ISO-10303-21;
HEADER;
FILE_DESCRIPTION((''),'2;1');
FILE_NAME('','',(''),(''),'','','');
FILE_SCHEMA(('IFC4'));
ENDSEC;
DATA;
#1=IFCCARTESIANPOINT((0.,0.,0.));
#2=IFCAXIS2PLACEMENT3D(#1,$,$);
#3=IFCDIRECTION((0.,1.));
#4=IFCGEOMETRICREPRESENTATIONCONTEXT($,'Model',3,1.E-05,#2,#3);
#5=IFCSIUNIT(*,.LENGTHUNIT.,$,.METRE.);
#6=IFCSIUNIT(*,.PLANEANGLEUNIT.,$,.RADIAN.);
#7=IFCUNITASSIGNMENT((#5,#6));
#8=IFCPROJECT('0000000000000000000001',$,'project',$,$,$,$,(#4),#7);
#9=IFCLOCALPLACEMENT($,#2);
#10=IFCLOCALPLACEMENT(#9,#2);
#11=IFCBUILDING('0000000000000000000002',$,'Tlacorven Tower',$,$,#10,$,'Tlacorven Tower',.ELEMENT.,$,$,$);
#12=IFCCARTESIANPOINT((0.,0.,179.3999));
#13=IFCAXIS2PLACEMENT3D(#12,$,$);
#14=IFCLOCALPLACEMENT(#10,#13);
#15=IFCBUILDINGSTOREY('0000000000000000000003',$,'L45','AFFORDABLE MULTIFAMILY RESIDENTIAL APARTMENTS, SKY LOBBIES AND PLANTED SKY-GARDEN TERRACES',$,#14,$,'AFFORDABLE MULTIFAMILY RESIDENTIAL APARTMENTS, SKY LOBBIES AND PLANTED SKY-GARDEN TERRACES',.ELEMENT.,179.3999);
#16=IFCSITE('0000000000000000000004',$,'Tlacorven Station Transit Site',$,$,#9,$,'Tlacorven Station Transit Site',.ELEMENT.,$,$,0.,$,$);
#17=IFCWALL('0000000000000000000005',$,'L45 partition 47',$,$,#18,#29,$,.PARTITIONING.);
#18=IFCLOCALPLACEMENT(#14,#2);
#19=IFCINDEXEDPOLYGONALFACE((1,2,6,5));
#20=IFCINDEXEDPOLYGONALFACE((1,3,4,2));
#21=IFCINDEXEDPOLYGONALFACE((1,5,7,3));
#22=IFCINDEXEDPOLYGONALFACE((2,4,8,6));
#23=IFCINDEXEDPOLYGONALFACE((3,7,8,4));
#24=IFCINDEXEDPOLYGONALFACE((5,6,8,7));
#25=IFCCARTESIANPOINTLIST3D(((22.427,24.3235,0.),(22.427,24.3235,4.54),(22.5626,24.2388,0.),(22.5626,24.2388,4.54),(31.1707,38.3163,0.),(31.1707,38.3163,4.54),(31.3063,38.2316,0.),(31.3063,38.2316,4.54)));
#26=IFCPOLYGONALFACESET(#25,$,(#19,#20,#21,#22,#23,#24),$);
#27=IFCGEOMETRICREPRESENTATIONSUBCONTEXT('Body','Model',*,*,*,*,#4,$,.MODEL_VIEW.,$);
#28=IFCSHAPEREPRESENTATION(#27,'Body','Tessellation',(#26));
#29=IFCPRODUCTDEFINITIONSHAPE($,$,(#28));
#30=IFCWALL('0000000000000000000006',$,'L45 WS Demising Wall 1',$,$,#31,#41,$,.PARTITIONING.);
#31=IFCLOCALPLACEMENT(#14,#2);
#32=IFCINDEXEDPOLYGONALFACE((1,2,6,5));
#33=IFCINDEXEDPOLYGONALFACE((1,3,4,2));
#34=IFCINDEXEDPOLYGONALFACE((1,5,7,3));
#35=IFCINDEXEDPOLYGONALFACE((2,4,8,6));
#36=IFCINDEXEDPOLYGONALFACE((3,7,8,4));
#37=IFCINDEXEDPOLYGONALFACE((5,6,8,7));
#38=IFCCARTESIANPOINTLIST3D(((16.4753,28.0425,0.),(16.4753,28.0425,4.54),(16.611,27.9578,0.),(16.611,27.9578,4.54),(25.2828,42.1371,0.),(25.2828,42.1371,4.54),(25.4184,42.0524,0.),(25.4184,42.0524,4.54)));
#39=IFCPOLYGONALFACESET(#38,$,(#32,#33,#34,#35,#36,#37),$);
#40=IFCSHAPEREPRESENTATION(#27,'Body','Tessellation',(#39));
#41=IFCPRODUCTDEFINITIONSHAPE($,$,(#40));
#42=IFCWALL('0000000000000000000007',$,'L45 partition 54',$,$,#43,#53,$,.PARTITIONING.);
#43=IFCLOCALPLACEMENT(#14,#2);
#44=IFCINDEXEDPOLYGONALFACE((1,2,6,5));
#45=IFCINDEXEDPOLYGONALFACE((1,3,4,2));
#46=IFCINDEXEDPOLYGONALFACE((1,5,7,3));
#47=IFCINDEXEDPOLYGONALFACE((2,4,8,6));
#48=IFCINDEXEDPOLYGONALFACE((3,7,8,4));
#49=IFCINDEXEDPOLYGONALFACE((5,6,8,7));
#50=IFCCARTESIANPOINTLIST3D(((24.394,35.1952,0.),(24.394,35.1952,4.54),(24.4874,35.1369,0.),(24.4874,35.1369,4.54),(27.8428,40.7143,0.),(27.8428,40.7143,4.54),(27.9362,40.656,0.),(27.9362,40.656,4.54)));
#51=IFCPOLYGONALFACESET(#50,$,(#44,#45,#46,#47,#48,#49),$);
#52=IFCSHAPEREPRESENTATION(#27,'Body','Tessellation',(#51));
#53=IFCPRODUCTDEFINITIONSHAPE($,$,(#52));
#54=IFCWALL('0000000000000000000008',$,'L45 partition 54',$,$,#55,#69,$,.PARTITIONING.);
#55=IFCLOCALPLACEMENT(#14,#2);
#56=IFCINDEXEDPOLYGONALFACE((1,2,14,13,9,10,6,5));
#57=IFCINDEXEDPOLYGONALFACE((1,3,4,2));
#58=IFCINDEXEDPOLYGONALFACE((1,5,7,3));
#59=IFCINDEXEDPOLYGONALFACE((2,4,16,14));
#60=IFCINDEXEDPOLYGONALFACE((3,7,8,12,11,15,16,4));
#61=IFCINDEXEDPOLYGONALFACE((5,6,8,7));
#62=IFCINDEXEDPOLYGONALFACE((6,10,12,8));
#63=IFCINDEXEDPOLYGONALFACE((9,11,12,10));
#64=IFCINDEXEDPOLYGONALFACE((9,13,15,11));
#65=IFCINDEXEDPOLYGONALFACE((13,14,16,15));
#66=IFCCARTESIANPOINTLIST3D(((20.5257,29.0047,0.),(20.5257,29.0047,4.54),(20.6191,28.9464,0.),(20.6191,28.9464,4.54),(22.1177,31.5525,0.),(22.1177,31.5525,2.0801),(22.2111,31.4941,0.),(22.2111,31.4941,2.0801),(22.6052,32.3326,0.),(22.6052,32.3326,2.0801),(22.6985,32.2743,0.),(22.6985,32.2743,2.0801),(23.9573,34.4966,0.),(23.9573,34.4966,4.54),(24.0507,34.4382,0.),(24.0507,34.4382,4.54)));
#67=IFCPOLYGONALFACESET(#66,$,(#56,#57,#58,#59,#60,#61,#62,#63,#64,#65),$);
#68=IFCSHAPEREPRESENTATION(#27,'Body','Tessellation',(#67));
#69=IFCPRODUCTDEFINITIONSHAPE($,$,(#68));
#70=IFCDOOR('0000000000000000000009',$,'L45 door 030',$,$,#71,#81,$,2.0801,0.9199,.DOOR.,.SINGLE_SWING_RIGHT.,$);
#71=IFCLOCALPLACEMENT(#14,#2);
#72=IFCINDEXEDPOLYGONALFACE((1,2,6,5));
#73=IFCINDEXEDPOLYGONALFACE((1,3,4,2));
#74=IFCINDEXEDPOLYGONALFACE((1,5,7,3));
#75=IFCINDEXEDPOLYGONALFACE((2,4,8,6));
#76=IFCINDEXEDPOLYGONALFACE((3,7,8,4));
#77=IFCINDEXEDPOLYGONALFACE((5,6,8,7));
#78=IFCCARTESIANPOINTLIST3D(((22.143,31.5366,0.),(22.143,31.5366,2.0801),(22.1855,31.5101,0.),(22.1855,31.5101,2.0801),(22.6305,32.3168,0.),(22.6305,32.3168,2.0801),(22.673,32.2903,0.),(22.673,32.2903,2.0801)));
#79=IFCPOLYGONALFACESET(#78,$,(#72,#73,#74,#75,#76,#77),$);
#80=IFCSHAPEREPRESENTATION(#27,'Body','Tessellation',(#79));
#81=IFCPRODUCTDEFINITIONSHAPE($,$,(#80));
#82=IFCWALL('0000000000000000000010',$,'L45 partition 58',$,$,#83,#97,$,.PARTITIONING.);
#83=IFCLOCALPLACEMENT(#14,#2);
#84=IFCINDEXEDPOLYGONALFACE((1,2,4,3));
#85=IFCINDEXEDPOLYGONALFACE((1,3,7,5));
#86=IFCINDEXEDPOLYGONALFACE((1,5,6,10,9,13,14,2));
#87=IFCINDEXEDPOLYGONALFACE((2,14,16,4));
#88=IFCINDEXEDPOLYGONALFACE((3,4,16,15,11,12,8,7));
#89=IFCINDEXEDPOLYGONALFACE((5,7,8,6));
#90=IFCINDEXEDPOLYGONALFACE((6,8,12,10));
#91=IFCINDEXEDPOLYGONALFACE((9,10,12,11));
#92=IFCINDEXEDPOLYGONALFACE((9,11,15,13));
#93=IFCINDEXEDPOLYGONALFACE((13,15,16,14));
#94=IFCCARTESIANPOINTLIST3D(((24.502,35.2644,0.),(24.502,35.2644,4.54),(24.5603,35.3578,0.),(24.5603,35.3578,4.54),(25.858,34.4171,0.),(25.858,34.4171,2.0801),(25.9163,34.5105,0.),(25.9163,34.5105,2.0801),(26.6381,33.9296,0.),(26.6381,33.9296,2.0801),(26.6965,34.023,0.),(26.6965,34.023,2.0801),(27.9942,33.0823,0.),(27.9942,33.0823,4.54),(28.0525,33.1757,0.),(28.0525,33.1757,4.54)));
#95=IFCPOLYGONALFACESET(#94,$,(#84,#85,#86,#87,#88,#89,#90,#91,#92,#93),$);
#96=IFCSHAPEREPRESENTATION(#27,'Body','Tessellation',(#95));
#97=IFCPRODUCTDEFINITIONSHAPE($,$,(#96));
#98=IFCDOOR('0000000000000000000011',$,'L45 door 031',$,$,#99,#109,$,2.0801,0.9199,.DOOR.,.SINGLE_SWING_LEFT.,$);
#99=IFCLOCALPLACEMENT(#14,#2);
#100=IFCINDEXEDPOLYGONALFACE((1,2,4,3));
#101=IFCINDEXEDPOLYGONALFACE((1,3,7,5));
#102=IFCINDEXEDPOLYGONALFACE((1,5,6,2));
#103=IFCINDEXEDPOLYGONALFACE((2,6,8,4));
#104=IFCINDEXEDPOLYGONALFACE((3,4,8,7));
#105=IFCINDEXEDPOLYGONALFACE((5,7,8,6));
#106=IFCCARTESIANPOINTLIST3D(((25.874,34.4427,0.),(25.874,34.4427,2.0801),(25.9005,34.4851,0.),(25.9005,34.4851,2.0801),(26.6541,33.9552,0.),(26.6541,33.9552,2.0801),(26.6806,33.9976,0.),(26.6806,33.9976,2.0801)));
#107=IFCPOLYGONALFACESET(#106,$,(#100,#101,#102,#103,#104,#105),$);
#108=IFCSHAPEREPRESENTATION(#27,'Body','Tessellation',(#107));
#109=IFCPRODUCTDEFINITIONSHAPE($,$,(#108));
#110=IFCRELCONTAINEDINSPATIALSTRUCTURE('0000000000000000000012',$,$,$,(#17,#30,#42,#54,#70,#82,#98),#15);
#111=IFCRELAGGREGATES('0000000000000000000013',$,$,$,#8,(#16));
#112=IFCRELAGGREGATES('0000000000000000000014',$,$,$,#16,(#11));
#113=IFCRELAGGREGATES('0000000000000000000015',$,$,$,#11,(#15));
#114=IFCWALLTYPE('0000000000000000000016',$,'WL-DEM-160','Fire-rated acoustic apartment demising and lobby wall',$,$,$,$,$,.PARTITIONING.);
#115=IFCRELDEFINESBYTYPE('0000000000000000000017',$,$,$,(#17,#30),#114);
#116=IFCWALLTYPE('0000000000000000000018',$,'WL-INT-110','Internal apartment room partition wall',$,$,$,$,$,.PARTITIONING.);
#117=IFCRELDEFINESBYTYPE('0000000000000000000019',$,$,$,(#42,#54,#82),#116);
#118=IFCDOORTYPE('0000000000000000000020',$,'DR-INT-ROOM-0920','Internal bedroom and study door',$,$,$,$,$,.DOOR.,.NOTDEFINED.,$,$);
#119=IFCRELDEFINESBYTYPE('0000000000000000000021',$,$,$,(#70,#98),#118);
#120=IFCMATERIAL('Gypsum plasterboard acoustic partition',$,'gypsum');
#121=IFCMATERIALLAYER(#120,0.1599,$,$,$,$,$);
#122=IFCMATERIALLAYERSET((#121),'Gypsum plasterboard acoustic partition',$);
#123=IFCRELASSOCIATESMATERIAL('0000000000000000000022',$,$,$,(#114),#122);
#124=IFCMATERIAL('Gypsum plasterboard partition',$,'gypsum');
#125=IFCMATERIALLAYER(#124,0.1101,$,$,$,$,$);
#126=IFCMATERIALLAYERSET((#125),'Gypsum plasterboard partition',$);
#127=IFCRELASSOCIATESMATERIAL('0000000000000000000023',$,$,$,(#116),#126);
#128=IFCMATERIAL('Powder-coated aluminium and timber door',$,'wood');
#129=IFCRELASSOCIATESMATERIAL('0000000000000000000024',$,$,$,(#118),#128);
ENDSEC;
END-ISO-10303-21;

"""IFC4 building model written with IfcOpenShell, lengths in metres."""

from ifc_helpers import new_model, si_unit, direction, frame, frame_2d, origin, place, context, subcontext, project, spatial, rectangle, extrude, source, transform, mapped, material, layer, layer_set, type_object, element, fill, save


model = new_model("IFC4")

# Units and contexts
model_context = context("Model", 3, precision=1e-05, world=origin(), true_north=direction((0.0, 1.0)))
body_context = subcontext(model_context, "Body", "Model", "MODEL_VIEW")
ifc_project = project(units=[si_unit("LENGTHUNIT", "METRE"), si_unit("PLANEANGLEUNIT", "RADIAN")], contexts=[model_context])

# Site, building, storey
site_placement = place(None, origin())
site = spatial("IfcSite", under=ifc_project, at=site_placement, Name="Tlacorven Station Transit Site", LongName="Tlacorven Station Transit Site", CompositionType="ELEMENT", RefElevation=0.0)
building_placement = place(site_placement, origin())
building = spatial("IfcBuilding", under=site, at=building_placement, Name="Tlacorven Tower", LongName="Tlacorven Tower", CompositionType="ELEMENT")
storey_placement = place(building_placement, frame((0.0, 0.0, 179.3999)))
storey = spatial("IfcBuildingStorey", under=building, at=storey_placement, Name="L45", Description="AFFORDABLE MULTIFAMILY RESIDENTIAL APARTMENTS, SKY LOBBIES AND PLANTED SKY-GARDEN TERRACES", LongName="AFFORDABLE MULTIFAMILY RESIDENTIAL APARTMENTS, SKY LOBBIES AND PLANTED SKY-GARDEN TERRACES", CompositionType="ELEMENT", Elevation=179.3999)

# Walls
ifc_material_1 = material(Name="Gypsum plasterboard acoustic partition", Category="gypsum")
ifc_layer_1 = layer(ifc_material_1, 0.1599)
ifc_layer_set_1 = layer_set([ifc_layer_1], Name="Gypsum plasterboard acoustic partition")
wall_type_1 = type_object("IfcWallType", Name="WL-DEM-160", Description="Fire-rated acoustic apartment demising and lobby wall", PredefinedType="PARTITIONING", material=ifc_layer_set_1)
wall_1_placement = place(storey_placement, frame((31.2385, 38.2739, 0.0), z_axis=(0.0, 0.0, 1.0), x_axis=(-0.529922, -0.848047, 0.0)))
element("IfcWall", 1, at=wall_1_placement, inside=storey, type_object=wall_type_1, Name="L45 partition 47", PredefinedType="PARTITIONING", context=body_context, shape_type="SweptSolid", body=[
    extrude(rectangle(XDim=16.5, YDim=0.1599, at=frame_2d((8.25, 0.0))), origin(), (0.0, 0.0, 1.0), 4.54),
])
wall_2_placement = place(storey_placement, frame((25.3506, 42.0947, 0.0), z_axis=(0.0, 0.0, 1.0), x_axis=(-0.529926, -0.848044, 0.0)))
element("IfcWall", 2, at=wall_2_placement, inside=storey, type_object=wall_type_1, Name="L45 WS Demising Wall 1", PredefinedType="PARTITIONING", context=body_context, shape_type="SweptSolid", body=[
    extrude(rectangle(XDim=16.6201, YDim=0.1599, at=frame_2d((8.3101, 0.0))), origin(), (0.0, 0.0, 1.0), 4.54),
])
ifc_material_2 = material(Name="Gypsum plasterboard partition", Category="gypsum")
ifc_layer_2 = layer(ifc_material_2, 0.1101)
ifc_layer_set_2 = layer_set([ifc_layer_2], Name="Gypsum plasterboard partition")
wall_type_2 = type_object("IfcWallType", Name="WL-INT-110", Description="Internal apartment room partition wall", PredefinedType="PARTITIONING", material=ifc_layer_set_2)
wall_3_placement = place(storey_placement, frame((27.8894, 40.6851, 0.0), z_axis=(0.0, 0.0, 1.0), x_axis=(-0.529925, -0.848045, 0.0)))
element("IfcWall", 3, at=wall_3_placement, inside=storey, type_object=wall_type_2, Name="L45 partition 54", PredefinedType="PARTITIONING", context=body_context, shape_type="SweptSolid", body=[
    extrude(rectangle(XDim=6.5081, YDim=0.1101, at=frame_2d((3.2539, 0.0))), origin(), (0.0, 0.0, 1.0), 4.54),
])

# Walls, openings, doors
wall_4_placement = place(storey_placement, frame((24.0039, 34.4673, 0.0), z_axis=(0.0, 0.0, 1.0), x_axis=(-0.529907, -0.848055, 0.0)))
wall_4 = element("IfcWall", 4, at=wall_4_placement, inside=storey, type_object=wall_type_2, Name="L45 partition 54", PredefinedType="PARTITIONING", context=body_context, shape_type="SweptSolid", body=[
    extrude(rectangle(XDim=6.4758, YDim=0.1101, at=frame_2d((3.2378, 0.0))), origin(), (0.0, 0.0, 1.0), 4.54),
])
opening_1_placement = place(wall_4_placement, frame((2.5515, 0.0, 0.0)))
opening_1 = element("IfcOpeningElement", 5, at=opening_1_placement, cuts=wall_4, PredefinedType="OPENING", context=body_context, shape_type="SweptSolid", body=[
    extrude(rectangle(XDim=0.9199, YDim=2.0801, at=frame_2d((0.46, 1.04))), frame((0.0, 0.0649, 0.0), z_axis=(0.0, -1.0, 0.0), x_axis=(1.0, 0.0, 0.0)), (0.0, 0.0, 1.0), 0.1301),
])
ifc_material_3 = material(Name="Powder-coated aluminium and timber door", Category="wood")
door_type = type_object("IfcDoorType", Name="DR-INT-ROOM-0920", Description="Internal bedroom and study door", OperationType="NOTDEFINED", PredefinedType="DOOR", material=ifc_material_3)
shared_shape_1 = source(origin(), body_context, "Body", "SweptSolid", [
    extrude(rectangle(XDim=0.9199, YDim=2.0801, at=frame_2d((0.46, 1.04))), frame((0.0, 0.0249, 0.0), z_axis=(0.0, -1.0, 0.0), x_axis=(1.0, 0.0, 0.0)), (0.0, 0.0, 1.0), 0.05),
])
door_1_placement = place(opening_1_placement, origin())
door_1 = element("IfcDoor", 6, at=door_1_placement, inside=storey, type_object=door_type, Name="L45 door 030", OperationType="SINGLE_SWING_RIGHT", OverallHeight=2.0801, OverallWidth=0.9199, PredefinedType="DOOR", context=body_context, shape_type="MappedRepresentation", body=[
    mapped(shared_shape_1, transform((0.0, 0.0, 0.0), scale=1.0)),
])
fill(opening_1, door_1)
wall_5_placement = place(storey_placement, frame((28.0234, 33.1289, 0.0), z_axis=(0.0, 0.0, 1.0), x_axis=(-0.848052, 0.529914, 0.0)))
wall_5 = element("IfcWall", 7, at=wall_5_placement, inside=storey, type_object=wall_type_2, Name="L45 partition 58", PredefinedType="PARTITIONING", context=body_context, shape_type="SweptSolid", body=[
    extrude(rectangle(XDim=4.1179, YDim=0.1101, at=frame_2d((2.0591, 0.0))), origin(), (0.0, 0.0, 1.0), 4.54),
])
opening_2_placement = place(wall_5_placement, frame((1.5991, 0.0, 0.0)))
opening_2 = element("IfcOpeningElement", 8, at=opening_2_placement, cuts=wall_5, PredefinedType="OPENING", context=body_context, shape_type="SweptSolid", body=[
    extrude(rectangle(XDim=0.9199, YDim=2.0801, at=frame_2d((0.46, 1.04))), frame((0.0, 0.0649, 0.0), z_axis=(0.0, -1.0, 0.0), x_axis=(1.0, 0.0, 0.0)), (0.0, 0.0, 1.0), 0.1301),
])
door_2_placement = place(opening_2_placement, origin())
door_2 = element("IfcDoor", 9, at=door_2_placement, inside=storey, type_object=door_type, Name="L45 door 031", OperationType="SINGLE_SWING_LEFT", OverallHeight=2.0801, OverallWidth=0.9199, PredefinedType="DOOR", context=body_context, shape_type="MappedRepresentation", body=[
    mapped(shared_shape_1, transform((0.0, 0.0, 0.0), scale=1.0)),
])
fill(opening_2, door_2)

save(model, "model.ifc")
